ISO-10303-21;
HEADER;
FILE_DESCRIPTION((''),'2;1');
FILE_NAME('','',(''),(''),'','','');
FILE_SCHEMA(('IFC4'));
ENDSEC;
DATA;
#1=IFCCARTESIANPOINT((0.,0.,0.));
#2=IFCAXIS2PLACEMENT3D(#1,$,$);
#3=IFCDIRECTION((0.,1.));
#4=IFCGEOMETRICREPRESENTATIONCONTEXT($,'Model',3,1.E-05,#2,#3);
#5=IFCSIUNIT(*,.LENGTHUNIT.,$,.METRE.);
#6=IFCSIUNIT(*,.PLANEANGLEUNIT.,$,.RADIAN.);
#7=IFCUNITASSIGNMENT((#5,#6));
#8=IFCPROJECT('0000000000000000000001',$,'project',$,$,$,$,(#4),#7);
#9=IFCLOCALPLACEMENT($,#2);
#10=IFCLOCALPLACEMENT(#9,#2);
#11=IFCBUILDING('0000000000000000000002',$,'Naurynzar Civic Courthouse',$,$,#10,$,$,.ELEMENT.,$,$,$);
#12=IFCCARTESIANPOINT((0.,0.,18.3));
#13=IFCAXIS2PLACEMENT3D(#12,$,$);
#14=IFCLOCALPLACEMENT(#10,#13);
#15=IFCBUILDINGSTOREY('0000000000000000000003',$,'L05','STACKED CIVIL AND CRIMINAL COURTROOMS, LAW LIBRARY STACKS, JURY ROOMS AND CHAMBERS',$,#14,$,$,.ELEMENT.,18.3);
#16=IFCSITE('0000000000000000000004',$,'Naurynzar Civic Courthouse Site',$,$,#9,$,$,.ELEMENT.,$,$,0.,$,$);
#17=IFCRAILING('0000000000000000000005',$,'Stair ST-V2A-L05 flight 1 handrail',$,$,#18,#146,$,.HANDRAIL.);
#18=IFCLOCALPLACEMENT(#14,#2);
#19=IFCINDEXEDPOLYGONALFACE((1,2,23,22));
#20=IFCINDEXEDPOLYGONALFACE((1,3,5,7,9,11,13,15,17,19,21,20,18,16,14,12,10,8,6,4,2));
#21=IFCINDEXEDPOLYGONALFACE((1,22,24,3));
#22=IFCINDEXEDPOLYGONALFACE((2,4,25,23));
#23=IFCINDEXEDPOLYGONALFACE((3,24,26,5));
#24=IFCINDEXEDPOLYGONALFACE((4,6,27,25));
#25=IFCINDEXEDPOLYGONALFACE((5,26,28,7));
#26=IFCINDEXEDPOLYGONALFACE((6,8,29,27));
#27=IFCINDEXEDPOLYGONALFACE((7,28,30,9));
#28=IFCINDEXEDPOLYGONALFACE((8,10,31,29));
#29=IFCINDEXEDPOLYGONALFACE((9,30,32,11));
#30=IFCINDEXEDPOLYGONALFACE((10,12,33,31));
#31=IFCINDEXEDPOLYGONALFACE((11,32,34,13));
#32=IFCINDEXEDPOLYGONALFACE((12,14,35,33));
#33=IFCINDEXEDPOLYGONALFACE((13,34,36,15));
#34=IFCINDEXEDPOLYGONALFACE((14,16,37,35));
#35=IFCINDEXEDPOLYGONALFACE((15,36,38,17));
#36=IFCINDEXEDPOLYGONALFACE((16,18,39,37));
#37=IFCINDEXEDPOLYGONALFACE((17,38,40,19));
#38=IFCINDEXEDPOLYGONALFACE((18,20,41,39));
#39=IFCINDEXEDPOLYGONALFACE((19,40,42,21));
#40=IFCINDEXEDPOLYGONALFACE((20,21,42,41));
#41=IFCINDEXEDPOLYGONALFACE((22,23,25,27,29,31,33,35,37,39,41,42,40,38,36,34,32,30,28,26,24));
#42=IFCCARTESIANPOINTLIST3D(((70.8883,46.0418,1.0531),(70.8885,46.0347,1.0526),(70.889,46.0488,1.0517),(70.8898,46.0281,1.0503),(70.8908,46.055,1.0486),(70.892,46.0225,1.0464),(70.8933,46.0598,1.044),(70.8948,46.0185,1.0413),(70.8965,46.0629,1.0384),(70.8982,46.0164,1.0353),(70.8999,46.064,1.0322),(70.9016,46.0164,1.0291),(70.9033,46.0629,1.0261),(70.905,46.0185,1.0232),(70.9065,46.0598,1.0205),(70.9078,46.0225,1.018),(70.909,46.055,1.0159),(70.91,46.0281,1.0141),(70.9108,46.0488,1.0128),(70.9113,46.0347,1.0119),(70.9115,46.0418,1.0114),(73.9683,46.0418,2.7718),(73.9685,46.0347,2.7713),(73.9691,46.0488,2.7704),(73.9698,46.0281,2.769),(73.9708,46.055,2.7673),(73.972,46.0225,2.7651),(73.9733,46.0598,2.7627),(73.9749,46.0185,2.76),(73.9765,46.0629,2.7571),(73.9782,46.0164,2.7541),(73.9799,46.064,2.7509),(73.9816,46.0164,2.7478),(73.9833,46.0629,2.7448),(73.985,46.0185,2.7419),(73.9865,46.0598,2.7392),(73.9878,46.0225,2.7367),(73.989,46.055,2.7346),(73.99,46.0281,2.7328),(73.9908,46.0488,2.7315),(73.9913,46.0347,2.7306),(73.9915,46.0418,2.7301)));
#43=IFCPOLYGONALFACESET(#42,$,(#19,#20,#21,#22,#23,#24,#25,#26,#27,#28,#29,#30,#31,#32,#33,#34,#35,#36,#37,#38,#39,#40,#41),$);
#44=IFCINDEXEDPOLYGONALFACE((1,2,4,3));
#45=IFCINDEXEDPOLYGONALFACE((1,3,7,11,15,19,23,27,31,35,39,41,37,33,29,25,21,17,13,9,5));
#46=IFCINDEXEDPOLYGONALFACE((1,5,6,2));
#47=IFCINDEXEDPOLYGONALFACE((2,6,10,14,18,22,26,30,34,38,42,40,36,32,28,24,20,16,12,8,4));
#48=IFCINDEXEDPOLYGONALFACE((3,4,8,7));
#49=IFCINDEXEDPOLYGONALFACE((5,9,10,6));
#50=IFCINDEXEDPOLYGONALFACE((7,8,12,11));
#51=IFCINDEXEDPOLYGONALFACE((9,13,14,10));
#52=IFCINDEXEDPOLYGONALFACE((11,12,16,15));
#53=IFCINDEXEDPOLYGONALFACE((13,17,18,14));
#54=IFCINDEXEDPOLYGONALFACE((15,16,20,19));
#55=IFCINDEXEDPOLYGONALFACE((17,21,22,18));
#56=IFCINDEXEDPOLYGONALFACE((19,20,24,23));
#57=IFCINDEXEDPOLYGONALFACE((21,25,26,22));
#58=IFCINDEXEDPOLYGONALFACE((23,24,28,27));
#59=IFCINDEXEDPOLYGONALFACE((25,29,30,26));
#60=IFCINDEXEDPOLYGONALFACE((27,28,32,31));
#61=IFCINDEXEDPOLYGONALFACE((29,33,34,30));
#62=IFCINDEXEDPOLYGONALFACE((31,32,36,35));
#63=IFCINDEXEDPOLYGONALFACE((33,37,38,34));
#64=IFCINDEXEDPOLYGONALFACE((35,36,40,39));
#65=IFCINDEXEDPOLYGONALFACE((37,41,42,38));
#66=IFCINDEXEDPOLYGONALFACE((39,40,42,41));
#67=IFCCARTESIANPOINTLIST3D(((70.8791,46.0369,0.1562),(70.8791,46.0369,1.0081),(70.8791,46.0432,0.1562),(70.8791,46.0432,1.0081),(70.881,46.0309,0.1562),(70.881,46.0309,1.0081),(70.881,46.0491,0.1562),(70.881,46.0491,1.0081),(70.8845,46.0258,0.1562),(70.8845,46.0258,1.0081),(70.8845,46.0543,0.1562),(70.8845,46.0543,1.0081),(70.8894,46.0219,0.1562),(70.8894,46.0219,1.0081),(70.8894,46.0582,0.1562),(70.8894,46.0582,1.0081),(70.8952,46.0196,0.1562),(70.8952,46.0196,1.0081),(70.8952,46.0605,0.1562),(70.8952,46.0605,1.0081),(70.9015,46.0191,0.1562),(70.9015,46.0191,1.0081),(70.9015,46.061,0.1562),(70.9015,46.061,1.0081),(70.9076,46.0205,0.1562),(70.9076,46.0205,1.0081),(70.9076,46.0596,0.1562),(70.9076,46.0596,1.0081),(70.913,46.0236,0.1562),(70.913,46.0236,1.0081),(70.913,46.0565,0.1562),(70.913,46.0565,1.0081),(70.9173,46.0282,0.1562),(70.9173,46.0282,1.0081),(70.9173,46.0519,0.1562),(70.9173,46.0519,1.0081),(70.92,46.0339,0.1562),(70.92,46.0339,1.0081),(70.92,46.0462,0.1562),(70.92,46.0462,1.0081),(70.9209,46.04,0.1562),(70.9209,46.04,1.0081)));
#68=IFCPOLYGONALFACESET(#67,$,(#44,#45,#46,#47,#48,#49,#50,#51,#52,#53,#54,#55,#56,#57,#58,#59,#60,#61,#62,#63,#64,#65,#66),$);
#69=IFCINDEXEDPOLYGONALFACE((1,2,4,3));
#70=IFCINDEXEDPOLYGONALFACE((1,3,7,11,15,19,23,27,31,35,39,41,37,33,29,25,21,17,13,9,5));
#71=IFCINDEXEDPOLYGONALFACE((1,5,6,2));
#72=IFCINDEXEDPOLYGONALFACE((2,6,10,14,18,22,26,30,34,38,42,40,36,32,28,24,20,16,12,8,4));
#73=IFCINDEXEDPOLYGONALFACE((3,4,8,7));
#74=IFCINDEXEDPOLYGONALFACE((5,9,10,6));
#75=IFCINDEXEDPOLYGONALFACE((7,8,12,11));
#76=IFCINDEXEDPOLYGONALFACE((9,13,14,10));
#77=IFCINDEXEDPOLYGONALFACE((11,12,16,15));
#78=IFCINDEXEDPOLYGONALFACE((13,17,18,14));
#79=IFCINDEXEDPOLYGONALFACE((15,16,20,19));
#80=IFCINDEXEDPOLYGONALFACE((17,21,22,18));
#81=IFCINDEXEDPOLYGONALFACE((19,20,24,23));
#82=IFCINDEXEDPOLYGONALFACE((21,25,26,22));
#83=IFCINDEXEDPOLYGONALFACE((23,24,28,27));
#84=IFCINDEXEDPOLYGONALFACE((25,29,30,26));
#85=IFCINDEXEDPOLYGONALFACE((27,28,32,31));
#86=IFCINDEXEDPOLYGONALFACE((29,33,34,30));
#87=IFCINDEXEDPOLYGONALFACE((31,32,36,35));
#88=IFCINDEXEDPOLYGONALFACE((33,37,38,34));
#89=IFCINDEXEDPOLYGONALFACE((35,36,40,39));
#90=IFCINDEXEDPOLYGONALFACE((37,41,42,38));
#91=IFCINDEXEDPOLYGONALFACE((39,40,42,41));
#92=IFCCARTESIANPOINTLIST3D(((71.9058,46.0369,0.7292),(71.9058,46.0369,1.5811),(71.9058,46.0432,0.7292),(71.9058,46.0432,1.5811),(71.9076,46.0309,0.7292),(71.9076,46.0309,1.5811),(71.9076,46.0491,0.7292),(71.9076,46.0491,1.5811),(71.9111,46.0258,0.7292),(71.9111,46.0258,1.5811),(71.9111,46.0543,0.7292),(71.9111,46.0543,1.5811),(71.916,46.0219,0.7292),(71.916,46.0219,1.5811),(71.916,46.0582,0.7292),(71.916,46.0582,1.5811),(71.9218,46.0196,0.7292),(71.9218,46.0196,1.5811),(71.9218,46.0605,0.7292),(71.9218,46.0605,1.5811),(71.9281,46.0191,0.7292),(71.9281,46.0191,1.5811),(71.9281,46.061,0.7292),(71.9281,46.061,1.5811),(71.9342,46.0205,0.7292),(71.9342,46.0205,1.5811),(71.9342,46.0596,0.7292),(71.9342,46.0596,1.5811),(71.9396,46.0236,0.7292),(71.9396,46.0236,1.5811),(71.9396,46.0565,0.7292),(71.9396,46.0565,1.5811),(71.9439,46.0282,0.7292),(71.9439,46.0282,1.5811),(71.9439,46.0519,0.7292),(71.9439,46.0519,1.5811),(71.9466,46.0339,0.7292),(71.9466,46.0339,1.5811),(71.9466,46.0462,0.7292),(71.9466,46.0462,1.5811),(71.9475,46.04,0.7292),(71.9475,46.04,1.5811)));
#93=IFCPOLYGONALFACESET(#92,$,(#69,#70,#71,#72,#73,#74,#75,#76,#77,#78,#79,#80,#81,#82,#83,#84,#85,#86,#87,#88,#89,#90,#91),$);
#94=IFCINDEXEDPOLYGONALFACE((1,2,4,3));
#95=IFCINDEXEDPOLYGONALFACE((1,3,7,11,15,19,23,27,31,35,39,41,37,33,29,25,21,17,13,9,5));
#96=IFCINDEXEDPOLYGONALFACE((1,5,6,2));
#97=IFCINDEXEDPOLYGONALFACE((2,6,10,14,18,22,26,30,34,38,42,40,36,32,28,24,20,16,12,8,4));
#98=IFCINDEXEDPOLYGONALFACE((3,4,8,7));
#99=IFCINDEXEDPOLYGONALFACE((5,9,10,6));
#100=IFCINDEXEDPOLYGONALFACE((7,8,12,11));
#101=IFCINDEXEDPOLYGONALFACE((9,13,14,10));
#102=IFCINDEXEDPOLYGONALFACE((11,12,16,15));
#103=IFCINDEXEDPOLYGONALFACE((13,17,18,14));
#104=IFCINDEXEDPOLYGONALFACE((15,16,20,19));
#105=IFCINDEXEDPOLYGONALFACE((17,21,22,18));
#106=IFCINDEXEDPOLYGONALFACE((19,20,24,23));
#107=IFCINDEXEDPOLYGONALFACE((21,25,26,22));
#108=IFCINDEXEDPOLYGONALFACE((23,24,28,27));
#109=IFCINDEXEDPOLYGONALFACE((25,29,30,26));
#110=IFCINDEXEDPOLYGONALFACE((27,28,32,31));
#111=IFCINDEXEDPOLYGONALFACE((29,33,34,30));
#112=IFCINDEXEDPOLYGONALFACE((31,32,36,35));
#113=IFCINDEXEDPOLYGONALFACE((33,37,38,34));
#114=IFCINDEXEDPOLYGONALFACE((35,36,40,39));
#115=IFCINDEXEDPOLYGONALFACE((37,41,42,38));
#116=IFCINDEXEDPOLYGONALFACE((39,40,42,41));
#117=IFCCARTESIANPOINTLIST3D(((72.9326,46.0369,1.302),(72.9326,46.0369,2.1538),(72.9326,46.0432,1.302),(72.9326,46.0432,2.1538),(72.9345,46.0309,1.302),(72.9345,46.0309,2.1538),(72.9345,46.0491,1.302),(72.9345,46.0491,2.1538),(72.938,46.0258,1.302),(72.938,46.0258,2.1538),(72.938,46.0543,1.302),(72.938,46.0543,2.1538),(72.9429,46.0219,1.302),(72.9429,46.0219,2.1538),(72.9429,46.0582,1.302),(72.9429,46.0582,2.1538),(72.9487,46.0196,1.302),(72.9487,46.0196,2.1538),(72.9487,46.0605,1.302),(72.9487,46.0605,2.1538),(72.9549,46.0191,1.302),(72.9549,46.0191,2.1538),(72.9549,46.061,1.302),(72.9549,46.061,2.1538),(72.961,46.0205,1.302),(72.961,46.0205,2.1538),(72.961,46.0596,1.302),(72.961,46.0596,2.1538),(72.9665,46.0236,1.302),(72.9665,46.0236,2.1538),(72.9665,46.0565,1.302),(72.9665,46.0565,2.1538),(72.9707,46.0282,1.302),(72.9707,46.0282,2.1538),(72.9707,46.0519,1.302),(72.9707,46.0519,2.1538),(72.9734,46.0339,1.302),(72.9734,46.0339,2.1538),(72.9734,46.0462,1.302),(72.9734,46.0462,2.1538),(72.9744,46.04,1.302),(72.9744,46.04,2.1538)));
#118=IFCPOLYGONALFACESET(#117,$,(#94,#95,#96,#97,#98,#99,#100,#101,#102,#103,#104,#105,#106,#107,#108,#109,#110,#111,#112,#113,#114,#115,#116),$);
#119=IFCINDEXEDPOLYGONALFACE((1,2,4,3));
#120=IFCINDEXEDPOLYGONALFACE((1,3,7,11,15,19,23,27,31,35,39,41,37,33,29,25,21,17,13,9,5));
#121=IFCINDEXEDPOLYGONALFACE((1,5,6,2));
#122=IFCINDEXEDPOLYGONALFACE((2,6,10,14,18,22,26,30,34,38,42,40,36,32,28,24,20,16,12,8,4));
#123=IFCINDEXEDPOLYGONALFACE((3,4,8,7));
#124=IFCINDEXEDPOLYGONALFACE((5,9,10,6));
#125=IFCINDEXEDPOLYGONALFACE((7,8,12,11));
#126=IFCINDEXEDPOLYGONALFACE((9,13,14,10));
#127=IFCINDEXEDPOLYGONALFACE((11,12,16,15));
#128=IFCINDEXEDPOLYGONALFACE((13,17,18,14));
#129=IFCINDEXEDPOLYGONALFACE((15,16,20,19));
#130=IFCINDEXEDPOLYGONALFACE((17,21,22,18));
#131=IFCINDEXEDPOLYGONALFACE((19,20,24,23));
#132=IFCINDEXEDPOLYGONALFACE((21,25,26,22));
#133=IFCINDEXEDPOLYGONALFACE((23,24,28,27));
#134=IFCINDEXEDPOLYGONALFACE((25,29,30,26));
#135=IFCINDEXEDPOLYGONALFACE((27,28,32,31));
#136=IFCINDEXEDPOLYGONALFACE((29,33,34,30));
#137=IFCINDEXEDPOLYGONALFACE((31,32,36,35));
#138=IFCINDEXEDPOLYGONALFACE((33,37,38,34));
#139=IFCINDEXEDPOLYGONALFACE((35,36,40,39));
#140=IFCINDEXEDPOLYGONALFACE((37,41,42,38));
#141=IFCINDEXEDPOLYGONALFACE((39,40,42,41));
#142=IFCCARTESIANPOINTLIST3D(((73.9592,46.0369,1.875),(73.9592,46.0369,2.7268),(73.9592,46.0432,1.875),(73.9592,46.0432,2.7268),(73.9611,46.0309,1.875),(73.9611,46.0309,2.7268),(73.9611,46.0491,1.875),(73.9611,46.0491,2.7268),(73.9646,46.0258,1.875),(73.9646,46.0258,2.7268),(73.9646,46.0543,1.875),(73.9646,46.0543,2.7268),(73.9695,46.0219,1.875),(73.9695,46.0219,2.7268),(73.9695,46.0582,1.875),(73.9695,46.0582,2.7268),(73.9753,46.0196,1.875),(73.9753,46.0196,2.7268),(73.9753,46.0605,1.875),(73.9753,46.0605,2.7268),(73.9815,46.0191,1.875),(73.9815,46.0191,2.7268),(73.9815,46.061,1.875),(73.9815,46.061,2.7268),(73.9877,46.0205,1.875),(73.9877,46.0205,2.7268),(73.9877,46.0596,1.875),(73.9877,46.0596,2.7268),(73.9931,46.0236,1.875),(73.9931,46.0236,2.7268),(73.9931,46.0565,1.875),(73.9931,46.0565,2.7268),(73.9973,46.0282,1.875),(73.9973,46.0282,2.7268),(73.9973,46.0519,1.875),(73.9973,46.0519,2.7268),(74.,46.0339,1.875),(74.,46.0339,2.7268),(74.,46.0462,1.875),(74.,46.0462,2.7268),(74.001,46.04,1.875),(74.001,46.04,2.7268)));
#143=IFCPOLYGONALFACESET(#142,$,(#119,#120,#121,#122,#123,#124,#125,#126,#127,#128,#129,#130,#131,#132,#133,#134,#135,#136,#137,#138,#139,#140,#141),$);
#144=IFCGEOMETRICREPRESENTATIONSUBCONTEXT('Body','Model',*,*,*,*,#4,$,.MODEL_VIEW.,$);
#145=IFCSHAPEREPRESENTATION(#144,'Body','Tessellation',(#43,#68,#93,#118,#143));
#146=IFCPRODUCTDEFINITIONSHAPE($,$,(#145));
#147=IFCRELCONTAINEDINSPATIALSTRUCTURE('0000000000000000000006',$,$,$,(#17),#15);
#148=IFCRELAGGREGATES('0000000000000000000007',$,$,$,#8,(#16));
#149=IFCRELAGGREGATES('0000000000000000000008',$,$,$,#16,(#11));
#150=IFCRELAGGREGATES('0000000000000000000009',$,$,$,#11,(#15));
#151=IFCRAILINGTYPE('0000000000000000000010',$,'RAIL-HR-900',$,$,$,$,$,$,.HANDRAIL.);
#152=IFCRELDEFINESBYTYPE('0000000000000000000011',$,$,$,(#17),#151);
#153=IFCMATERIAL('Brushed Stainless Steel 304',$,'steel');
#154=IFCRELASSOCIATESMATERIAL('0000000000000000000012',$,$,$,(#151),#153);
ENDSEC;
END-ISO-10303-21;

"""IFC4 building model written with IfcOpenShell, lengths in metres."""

from ifc_helpers import new_model, si_unit, direction, frame, origin, origin_2d, place, context, subcontext, project, spatial, circle, extrude, material, type_object, element, save


model = new_model("IFC4")

# Units and contexts
model_context = context("Model", 3, precision=1e-05, world=origin(), true_north=direction((0.0, 1.0)))
body_context = subcontext(model_context, "Body", "Model", "MODEL_VIEW")
ifc_project = project(units=[si_unit("LENGTHUNIT", "METRE"), si_unit("PLANEANGLEUNIT", "RADIAN")], contexts=[model_context])

# Site, building, storey
site_placement = place(None, origin())
site = spatial("IfcSite", under=ifc_project, at=site_placement, Name="Naurynzar Civic Courthouse Site", CompositionType="ELEMENT", RefElevation=0.0)
building_placement = place(site_placement, origin())
building = spatial("IfcBuilding", under=site, at=building_placement, Name="Naurynzar Civic Courthouse", CompositionType="ELEMENT")
storey_placement = place(building_placement, frame((0.0, 0.0, 18.3)))
storey = spatial("IfcBuildingStorey", under=building, at=storey_placement, Name="L05", Description="STACKED CIVIL AND CRIMINAL COURTROOMS, LAW LIBRARY STACKS, JURY ROOMS AND CHAMBERS", CompositionType="ELEMENT", Elevation=18.3)

# Railing
ifc_material_1 = material(Name="Brushed Stainless Steel 304", Category="steel")
railing_type_1 = type_object("IfcRailingType", Name="RAIL-HR-900", PredefinedType="HANDRAIL", material=ifc_material_1)
railing_1_placement = place(storey_placement, frame((70.8999, 46.04, 0.1562)))
element("IfcRailing", 1, at=railing_1_placement, inside=storey, type_object=railing_type_1, Name="Stair ST-V2A-L05 flight 1 handrail", PredefinedType="HANDRAIL", context=body_context, shape_type="SweptSolid", body=[
    extrude(circle(Radius=0.0239, at=origin_2d()), frame((0.0, 0.0, 0.876), z_axis=(0.873242, 0.0, 0.487288), x_axis=(0.0, 1.0, 0.0)), (0.0, 0.0, 1.0), 3.5271),
    extrude(circle(Radius=0.021, at=origin_2d()), origin(), (0.0, 0.0, 1.0), 0.8518),
    extrude(circle(Radius=0.021, at=origin_2d()), frame((1.0266, 0.0, 0.573)), (0.0, 0.0, 1.0), 0.8518),
    extrude(circle(Radius=0.021, at=origin_2d()), frame((2.0535, 0.0, 1.1458)), (0.0, 0.0, 1.0), 0.8518),
    extrude(circle(Radius=0.021, at=origin_2d()), frame((3.0801, 0.0, 1.7188)), (0.0, 0.0, 1.0), 0.8518),
])

save(model, "model.ifc")
